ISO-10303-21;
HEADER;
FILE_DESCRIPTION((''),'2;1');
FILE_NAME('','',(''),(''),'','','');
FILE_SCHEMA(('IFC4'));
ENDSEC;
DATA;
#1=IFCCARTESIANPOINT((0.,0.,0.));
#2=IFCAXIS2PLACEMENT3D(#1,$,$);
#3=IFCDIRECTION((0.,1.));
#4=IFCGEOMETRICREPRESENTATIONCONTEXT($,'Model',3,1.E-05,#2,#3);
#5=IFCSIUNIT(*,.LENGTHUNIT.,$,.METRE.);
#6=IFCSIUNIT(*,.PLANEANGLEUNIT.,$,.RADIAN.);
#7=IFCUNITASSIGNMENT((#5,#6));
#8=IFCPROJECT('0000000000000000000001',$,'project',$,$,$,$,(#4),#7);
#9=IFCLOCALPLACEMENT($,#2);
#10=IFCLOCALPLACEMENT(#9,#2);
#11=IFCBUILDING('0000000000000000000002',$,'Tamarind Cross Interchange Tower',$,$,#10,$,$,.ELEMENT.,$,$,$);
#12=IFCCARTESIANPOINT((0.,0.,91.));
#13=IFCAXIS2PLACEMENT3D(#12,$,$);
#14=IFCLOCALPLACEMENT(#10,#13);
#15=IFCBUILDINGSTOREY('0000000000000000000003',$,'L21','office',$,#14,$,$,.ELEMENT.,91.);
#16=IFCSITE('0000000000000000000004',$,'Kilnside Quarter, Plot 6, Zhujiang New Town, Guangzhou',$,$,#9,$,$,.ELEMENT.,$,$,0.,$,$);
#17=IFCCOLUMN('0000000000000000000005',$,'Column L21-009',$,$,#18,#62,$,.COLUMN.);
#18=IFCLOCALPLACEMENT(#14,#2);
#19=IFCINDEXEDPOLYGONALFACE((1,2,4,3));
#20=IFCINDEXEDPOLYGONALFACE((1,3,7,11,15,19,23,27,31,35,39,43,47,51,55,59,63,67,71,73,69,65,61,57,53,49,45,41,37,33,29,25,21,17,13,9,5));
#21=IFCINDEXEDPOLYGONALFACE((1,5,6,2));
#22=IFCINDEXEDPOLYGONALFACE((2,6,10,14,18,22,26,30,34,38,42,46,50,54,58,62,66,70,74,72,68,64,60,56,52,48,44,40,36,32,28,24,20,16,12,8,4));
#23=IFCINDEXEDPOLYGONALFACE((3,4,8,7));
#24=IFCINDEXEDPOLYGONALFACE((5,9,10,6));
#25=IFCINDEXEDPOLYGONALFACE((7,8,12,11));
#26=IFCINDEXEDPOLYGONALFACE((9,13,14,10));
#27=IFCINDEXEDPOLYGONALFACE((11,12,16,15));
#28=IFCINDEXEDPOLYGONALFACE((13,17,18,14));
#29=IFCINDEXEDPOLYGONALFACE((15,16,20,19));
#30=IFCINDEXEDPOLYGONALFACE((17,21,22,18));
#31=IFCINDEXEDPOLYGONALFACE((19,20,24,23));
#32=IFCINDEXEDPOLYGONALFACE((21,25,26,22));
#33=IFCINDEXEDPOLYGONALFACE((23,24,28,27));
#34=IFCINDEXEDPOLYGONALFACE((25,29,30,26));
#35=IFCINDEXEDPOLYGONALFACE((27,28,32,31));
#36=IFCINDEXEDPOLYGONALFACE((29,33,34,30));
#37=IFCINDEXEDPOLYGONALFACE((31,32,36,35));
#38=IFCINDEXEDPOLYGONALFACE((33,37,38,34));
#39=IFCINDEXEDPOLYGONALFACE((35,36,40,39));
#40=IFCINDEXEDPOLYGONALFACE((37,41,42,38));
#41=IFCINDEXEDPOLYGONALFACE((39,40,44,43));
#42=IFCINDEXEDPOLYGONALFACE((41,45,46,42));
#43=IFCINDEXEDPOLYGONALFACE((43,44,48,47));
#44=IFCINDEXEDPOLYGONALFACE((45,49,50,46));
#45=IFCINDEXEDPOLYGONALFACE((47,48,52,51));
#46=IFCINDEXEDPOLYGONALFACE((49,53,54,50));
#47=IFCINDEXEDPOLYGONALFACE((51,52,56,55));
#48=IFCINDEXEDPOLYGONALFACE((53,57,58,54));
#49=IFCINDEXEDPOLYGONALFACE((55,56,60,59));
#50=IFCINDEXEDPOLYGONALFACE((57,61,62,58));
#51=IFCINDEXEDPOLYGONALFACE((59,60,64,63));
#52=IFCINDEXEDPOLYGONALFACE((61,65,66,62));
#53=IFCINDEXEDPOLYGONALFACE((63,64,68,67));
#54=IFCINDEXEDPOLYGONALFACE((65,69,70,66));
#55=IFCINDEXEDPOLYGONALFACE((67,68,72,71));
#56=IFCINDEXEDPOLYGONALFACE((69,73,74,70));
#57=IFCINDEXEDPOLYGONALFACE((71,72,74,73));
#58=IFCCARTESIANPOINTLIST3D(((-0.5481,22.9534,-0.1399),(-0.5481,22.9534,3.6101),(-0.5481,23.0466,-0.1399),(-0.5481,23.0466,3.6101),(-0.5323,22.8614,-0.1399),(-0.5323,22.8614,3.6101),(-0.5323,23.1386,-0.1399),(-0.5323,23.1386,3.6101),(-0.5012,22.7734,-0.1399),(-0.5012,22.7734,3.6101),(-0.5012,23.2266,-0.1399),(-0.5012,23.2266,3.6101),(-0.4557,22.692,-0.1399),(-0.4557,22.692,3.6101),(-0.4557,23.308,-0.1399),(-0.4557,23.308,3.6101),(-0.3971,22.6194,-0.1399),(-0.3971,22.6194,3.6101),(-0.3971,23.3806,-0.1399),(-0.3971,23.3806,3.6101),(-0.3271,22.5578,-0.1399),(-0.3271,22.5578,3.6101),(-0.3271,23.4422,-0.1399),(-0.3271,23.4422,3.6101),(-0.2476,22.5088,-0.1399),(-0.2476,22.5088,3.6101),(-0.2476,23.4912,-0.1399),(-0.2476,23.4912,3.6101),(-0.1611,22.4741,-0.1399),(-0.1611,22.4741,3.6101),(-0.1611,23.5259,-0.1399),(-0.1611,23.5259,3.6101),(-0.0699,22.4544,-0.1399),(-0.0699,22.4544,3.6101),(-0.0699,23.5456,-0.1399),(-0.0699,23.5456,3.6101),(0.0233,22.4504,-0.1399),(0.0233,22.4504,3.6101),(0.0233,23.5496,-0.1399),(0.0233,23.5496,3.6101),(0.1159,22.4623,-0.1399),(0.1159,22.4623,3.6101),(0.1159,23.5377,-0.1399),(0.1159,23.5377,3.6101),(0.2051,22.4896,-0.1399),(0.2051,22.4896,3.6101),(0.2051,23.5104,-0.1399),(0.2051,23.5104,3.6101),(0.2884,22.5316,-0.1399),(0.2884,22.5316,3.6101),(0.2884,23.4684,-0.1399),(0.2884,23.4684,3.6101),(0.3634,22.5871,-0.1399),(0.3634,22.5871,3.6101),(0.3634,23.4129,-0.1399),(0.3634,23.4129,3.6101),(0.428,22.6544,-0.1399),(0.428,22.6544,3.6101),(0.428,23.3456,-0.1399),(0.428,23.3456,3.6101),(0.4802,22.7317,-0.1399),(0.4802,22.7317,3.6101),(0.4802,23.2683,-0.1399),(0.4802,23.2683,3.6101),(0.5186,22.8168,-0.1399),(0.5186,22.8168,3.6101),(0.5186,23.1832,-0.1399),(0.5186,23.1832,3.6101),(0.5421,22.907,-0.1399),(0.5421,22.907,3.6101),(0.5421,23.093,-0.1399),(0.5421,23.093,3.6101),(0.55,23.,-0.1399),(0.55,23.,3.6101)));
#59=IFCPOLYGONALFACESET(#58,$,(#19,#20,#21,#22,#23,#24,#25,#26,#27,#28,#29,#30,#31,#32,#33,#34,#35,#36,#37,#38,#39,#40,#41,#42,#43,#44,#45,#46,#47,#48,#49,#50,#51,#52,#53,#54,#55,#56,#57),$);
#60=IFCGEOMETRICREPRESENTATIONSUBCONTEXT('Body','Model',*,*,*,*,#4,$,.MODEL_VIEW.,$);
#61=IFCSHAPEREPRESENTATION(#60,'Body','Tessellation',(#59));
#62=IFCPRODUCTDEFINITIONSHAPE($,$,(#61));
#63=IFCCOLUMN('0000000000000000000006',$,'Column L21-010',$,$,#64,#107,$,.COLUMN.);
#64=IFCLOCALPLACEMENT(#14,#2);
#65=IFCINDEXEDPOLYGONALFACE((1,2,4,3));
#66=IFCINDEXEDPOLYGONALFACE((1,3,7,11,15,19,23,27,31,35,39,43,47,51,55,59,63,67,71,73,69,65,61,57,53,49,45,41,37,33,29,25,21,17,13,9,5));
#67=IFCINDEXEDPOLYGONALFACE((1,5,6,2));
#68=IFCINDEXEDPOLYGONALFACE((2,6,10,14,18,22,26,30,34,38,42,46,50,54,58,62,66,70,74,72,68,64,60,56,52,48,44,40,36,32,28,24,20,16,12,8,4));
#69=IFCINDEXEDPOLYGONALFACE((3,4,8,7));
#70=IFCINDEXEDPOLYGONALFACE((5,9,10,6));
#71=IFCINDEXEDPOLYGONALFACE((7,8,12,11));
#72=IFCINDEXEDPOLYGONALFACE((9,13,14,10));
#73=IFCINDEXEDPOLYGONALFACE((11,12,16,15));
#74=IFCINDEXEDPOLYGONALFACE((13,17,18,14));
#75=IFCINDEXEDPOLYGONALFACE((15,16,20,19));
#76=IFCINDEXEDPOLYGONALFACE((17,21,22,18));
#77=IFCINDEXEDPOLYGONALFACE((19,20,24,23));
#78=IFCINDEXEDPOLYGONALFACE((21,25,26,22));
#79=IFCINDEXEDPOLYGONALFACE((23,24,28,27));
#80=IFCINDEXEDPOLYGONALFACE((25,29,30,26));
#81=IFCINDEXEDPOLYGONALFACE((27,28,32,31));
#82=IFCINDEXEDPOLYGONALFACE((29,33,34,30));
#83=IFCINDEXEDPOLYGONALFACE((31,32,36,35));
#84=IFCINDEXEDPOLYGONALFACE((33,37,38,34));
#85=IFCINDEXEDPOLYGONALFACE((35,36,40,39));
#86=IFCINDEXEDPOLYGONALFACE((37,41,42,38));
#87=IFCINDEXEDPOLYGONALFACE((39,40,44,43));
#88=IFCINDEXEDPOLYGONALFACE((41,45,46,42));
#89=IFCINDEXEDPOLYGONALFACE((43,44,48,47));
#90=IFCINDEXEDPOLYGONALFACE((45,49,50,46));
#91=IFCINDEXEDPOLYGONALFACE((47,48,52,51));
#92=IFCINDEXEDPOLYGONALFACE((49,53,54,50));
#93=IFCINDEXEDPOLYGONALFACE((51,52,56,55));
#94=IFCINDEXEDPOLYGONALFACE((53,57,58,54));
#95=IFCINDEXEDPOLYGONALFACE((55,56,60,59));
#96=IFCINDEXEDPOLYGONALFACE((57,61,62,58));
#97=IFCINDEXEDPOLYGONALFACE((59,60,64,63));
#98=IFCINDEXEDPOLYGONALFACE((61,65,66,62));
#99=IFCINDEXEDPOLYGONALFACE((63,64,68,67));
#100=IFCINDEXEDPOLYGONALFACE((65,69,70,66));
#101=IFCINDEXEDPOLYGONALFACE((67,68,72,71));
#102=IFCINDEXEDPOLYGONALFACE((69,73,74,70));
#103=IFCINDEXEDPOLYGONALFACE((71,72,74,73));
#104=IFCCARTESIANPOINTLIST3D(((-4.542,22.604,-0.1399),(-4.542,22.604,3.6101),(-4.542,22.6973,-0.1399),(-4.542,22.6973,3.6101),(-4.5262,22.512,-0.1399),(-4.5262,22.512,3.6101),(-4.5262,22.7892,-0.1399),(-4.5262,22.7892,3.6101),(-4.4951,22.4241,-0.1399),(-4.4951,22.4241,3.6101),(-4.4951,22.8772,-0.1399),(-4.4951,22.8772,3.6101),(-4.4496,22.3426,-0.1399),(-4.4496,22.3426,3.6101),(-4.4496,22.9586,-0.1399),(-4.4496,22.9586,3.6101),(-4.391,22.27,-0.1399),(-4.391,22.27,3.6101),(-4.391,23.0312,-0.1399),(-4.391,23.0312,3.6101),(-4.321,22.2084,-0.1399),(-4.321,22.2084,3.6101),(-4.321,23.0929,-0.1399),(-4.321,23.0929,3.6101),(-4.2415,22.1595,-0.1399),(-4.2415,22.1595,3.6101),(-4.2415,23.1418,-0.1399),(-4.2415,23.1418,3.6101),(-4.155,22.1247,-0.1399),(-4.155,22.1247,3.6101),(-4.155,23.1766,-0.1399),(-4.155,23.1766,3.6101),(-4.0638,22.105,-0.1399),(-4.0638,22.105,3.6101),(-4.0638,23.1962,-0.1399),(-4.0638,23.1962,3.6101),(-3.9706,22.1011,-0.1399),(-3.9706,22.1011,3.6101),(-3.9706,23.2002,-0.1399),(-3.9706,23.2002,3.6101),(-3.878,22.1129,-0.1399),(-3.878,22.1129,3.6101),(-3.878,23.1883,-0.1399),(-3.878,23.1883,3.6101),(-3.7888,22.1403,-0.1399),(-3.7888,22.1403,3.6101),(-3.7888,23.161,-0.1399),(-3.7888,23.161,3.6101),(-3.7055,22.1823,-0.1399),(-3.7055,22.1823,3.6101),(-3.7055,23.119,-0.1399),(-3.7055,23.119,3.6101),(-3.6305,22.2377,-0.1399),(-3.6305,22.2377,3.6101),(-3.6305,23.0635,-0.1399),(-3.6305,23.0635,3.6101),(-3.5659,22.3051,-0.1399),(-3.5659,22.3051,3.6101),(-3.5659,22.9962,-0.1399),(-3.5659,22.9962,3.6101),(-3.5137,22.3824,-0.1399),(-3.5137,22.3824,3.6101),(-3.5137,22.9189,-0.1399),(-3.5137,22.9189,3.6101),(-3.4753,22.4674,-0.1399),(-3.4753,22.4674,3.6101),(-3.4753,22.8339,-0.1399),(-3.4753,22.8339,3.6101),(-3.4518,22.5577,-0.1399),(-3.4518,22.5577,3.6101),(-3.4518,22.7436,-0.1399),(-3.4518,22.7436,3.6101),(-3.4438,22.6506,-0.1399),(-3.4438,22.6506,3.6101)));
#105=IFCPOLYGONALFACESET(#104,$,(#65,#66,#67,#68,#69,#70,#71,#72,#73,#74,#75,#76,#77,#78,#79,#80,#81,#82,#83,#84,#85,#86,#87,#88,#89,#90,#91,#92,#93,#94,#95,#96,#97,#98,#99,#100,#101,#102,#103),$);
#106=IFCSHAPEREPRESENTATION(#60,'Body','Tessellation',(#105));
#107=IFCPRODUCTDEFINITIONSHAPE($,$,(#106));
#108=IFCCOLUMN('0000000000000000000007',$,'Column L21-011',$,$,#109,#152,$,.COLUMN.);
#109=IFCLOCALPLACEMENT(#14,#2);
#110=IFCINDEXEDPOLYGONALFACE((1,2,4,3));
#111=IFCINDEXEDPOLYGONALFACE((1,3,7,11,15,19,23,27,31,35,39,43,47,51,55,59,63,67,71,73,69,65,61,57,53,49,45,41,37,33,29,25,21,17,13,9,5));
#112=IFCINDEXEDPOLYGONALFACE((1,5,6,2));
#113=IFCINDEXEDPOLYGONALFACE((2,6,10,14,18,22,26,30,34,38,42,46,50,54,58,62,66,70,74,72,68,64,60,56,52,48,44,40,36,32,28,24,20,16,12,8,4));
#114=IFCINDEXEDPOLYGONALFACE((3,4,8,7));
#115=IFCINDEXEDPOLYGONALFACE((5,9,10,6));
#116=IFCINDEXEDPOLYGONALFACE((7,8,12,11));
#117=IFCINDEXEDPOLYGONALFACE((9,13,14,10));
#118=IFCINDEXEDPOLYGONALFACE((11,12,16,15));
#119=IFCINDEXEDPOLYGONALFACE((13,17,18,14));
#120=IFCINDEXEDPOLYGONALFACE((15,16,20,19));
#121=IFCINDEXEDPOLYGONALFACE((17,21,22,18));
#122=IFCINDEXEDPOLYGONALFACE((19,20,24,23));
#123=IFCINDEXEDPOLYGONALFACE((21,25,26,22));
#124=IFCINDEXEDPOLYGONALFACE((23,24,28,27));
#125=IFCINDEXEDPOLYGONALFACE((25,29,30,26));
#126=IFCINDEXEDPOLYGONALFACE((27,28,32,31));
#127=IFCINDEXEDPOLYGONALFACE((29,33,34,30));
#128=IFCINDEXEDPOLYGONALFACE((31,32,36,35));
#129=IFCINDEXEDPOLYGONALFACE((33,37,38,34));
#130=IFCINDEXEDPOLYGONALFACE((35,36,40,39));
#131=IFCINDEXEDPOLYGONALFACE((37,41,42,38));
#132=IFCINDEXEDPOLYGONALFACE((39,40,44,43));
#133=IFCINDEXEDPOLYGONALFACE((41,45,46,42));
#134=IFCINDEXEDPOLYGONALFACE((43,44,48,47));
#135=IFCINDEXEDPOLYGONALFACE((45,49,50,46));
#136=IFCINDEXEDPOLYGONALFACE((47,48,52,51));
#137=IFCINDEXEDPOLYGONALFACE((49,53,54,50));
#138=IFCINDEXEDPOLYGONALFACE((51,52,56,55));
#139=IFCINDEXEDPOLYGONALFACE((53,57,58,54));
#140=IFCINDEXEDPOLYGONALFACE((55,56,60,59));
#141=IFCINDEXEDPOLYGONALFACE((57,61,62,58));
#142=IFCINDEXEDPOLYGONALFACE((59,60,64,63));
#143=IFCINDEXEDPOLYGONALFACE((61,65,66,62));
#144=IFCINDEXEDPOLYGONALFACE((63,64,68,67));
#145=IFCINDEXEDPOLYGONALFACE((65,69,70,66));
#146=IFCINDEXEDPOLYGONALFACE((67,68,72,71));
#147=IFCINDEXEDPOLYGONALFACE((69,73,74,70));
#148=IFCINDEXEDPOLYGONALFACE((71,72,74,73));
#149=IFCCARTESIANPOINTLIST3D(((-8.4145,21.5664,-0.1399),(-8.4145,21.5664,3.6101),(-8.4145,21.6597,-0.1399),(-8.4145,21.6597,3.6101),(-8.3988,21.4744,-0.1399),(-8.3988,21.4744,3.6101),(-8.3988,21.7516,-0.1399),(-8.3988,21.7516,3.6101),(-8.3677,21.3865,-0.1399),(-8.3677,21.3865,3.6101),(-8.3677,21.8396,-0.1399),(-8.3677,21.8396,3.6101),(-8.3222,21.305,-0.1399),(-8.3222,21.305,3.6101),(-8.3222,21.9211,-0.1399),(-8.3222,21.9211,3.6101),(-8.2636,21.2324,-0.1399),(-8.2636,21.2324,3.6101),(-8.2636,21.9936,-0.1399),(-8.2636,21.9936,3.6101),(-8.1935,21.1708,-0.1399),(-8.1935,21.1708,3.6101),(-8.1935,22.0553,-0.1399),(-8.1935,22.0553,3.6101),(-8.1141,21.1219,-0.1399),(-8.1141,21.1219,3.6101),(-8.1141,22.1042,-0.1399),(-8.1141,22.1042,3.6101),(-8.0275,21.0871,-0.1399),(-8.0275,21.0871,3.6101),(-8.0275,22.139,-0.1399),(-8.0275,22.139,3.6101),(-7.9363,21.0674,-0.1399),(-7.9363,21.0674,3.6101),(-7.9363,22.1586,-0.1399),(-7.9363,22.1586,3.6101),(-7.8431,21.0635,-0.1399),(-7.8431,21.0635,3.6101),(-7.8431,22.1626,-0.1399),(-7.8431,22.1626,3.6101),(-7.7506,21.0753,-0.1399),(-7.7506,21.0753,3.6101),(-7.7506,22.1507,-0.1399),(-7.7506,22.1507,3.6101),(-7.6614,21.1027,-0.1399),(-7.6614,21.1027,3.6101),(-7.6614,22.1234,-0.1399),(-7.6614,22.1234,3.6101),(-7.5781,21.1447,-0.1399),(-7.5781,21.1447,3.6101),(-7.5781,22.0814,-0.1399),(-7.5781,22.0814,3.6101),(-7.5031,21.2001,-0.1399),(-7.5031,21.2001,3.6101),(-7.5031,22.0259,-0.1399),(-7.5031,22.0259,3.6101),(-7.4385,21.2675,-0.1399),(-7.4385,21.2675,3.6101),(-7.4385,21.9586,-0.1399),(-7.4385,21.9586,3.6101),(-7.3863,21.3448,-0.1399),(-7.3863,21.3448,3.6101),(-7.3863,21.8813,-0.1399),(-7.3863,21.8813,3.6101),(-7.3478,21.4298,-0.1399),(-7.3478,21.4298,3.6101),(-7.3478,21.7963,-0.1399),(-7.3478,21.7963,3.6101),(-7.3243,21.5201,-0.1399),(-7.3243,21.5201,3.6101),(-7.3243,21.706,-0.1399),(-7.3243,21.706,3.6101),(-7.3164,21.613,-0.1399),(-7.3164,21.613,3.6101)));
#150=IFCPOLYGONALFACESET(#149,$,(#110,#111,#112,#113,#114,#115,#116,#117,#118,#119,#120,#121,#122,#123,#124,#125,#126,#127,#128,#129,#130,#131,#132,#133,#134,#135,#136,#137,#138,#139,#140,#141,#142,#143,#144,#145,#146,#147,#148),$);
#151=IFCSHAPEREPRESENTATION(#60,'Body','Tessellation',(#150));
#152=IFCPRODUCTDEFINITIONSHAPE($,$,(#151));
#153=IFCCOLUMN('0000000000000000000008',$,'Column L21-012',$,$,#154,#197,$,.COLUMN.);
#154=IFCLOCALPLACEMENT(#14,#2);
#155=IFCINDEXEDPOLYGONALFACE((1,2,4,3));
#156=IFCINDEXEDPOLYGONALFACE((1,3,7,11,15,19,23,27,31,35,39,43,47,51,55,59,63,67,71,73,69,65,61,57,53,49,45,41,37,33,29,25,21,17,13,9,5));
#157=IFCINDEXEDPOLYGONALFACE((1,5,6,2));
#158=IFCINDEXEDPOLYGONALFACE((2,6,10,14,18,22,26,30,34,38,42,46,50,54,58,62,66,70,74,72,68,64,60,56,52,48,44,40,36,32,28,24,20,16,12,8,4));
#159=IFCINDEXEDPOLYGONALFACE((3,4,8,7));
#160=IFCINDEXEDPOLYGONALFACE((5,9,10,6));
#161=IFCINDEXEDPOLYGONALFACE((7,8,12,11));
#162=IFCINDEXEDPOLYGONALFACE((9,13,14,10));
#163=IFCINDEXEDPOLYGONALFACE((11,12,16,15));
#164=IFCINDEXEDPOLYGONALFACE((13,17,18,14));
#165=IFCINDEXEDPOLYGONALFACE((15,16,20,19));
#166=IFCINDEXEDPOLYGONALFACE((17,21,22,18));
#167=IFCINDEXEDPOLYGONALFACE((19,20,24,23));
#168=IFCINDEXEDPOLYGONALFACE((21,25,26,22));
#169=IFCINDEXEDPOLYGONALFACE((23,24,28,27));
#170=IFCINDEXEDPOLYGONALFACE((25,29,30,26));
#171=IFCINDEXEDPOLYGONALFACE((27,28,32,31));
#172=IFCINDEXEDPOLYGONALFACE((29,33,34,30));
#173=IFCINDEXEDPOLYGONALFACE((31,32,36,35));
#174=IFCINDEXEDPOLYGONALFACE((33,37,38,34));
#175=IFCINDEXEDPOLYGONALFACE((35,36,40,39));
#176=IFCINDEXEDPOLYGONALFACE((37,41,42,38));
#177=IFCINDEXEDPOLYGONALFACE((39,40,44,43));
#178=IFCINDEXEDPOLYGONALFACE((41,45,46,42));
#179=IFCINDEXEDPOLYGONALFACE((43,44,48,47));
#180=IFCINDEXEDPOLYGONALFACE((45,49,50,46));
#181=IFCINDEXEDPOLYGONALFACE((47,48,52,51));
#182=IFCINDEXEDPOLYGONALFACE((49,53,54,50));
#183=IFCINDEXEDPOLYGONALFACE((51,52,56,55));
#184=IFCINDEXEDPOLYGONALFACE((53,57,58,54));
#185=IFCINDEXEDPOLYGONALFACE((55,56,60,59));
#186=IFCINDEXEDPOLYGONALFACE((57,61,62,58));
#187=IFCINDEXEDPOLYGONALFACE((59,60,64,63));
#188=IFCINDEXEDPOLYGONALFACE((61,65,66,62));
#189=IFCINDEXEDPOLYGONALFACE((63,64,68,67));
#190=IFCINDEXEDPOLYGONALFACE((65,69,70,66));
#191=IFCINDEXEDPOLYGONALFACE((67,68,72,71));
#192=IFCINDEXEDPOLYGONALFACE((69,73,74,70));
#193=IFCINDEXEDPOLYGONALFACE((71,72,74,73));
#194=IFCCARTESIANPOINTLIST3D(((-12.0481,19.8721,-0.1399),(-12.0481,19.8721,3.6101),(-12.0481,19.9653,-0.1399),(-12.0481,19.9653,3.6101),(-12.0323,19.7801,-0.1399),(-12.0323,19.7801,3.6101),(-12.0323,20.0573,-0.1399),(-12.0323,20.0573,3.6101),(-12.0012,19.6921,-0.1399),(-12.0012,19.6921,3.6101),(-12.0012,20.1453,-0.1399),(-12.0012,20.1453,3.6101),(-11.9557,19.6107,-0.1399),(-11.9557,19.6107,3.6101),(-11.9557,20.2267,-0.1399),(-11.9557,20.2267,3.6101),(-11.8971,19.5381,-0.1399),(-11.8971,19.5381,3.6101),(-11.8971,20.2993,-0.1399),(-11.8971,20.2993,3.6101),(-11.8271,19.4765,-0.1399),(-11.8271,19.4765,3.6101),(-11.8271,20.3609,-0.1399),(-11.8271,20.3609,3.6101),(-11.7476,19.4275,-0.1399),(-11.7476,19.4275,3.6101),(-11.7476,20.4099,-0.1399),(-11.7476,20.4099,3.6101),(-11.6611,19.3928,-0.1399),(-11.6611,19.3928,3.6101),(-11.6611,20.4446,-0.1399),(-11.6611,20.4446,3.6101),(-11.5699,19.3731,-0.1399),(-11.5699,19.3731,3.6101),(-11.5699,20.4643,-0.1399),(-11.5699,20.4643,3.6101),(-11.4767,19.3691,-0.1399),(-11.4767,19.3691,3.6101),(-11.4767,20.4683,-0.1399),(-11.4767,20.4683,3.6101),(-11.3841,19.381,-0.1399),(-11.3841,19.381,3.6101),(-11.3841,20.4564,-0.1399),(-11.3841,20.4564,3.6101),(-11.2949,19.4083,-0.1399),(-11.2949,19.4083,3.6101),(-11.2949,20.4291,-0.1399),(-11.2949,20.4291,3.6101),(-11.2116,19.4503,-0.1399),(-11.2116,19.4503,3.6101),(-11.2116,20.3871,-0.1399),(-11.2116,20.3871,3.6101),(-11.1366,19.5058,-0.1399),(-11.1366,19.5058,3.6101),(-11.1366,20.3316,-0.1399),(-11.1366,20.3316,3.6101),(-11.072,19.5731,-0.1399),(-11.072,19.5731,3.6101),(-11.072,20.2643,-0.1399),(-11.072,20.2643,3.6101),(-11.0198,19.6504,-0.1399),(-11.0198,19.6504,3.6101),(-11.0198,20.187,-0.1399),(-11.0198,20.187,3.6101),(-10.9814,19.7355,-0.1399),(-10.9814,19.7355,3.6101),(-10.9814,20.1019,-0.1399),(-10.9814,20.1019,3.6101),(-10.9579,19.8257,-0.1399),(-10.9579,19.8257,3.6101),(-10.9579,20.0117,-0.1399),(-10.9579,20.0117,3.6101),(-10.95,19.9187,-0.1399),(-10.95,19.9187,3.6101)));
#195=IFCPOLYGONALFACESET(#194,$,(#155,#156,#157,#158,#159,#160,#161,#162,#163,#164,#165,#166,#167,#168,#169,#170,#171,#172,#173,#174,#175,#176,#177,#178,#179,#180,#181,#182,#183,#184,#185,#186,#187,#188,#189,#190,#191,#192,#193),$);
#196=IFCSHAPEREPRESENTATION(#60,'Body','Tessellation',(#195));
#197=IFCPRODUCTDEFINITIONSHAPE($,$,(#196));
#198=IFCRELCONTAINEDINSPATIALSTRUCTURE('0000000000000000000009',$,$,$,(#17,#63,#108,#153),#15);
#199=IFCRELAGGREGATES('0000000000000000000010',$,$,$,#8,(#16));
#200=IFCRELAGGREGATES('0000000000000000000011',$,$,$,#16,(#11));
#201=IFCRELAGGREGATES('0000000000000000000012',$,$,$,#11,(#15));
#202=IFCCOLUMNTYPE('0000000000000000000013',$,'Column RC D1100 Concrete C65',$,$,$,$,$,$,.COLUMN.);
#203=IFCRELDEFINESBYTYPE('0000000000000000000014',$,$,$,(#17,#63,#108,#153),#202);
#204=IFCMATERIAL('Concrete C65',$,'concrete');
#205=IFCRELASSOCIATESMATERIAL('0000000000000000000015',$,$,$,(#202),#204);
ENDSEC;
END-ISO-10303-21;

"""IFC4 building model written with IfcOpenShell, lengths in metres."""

from ifc_helpers import new_model, si_unit, direction, frame, origin, origin_2d, place, context, subcontext, project, spatial, circle, extrude, material, material_profile, profile_set, type_object, element, save


model = new_model("IFC4")

# Units and contexts
model_context = context("Model", 3, precision=1e-05, world=origin(), true_north=direction((0.0, 1.0)))
body_context = subcontext(model_context, "Body", "Model", "MODEL_VIEW")
ifc_project = project(units=[si_unit("LENGTHUNIT", "METRE"), si_unit("PLANEANGLEUNIT", "RADIAN")], contexts=[model_context])

# Site, building, storey
site_placement = place(None, origin())
site = spatial("IfcSite", under=ifc_project, at=site_placement, Name="Kilnside Quarter, Plot 6, Zhujiang New Town, Guangzhou", CompositionType="ELEMENT", RefElevation=0.0)
building_placement = place(site_placement, origin())
building = spatial("IfcBuilding", under=site, at=building_placement, Name="Tamarind Cross Interchange Tower", CompositionType="ELEMENT")
storey_placement = place(building_placement, frame((0.0, 0.0, 91.0)))
storey = spatial("IfcBuildingStorey", under=building, at=storey_placement, Name="L21", Description="office", CompositionType="ELEMENT", Elevation=91.0)

# Columns
ifc_material_1 = material(Name="Concrete C65", Category="concrete")
ifc_material_profile_1 = material_profile(ifc_material_1, circle(Radius=0.55, at=origin_2d()), Name="RC D1100")
ifc_profile_set_1 = profile_set([ifc_material_profile_1], Name="Concrete C65")
column_type = type_object("IfcColumnType", Name="Column RC D1100 Concrete C65", PredefinedType="COLUMN", material=ifc_profile_set_1)
for number, where, z_axis, x_axis, name in (
    (1, (0.0, 23.0, -0.1399), (0.0, 0.0, 1.0), (1.0, 0.0, 0.0), "Column L21-009"),
    (2, (-3.9939, 22.6506, -0.1399), (0.0, 0.0, 1.0), (1.0, 0.0, 0.0), "Column L21-010"),
    (3, (-7.8665, 21.613, -0.1399), (0.0, 0.0, 1.0), (1.0, 0.0, 0.0), "Column L21-011"),
    (4, (-11.5, 19.9187, -0.1399), (0.0, 0.0, 1.0), (1.0, 0.0, 0.0), "Column L21-012"),
):
    element("IfcColumn", number, at=place(storey_placement, frame(where, z_axis=z_axis, x_axis=x_axis)), inside=storey, type_object=column_type, Name=name, PredefinedType="COLUMN", context=body_context, shape_type="SweptSolid", body=[
        extrude(circle(Radius=0.55, at=origin_2d()), origin(), (0.0, 0.0, 1.0), 3.75),
    ])

save(model, "model.ifc")
